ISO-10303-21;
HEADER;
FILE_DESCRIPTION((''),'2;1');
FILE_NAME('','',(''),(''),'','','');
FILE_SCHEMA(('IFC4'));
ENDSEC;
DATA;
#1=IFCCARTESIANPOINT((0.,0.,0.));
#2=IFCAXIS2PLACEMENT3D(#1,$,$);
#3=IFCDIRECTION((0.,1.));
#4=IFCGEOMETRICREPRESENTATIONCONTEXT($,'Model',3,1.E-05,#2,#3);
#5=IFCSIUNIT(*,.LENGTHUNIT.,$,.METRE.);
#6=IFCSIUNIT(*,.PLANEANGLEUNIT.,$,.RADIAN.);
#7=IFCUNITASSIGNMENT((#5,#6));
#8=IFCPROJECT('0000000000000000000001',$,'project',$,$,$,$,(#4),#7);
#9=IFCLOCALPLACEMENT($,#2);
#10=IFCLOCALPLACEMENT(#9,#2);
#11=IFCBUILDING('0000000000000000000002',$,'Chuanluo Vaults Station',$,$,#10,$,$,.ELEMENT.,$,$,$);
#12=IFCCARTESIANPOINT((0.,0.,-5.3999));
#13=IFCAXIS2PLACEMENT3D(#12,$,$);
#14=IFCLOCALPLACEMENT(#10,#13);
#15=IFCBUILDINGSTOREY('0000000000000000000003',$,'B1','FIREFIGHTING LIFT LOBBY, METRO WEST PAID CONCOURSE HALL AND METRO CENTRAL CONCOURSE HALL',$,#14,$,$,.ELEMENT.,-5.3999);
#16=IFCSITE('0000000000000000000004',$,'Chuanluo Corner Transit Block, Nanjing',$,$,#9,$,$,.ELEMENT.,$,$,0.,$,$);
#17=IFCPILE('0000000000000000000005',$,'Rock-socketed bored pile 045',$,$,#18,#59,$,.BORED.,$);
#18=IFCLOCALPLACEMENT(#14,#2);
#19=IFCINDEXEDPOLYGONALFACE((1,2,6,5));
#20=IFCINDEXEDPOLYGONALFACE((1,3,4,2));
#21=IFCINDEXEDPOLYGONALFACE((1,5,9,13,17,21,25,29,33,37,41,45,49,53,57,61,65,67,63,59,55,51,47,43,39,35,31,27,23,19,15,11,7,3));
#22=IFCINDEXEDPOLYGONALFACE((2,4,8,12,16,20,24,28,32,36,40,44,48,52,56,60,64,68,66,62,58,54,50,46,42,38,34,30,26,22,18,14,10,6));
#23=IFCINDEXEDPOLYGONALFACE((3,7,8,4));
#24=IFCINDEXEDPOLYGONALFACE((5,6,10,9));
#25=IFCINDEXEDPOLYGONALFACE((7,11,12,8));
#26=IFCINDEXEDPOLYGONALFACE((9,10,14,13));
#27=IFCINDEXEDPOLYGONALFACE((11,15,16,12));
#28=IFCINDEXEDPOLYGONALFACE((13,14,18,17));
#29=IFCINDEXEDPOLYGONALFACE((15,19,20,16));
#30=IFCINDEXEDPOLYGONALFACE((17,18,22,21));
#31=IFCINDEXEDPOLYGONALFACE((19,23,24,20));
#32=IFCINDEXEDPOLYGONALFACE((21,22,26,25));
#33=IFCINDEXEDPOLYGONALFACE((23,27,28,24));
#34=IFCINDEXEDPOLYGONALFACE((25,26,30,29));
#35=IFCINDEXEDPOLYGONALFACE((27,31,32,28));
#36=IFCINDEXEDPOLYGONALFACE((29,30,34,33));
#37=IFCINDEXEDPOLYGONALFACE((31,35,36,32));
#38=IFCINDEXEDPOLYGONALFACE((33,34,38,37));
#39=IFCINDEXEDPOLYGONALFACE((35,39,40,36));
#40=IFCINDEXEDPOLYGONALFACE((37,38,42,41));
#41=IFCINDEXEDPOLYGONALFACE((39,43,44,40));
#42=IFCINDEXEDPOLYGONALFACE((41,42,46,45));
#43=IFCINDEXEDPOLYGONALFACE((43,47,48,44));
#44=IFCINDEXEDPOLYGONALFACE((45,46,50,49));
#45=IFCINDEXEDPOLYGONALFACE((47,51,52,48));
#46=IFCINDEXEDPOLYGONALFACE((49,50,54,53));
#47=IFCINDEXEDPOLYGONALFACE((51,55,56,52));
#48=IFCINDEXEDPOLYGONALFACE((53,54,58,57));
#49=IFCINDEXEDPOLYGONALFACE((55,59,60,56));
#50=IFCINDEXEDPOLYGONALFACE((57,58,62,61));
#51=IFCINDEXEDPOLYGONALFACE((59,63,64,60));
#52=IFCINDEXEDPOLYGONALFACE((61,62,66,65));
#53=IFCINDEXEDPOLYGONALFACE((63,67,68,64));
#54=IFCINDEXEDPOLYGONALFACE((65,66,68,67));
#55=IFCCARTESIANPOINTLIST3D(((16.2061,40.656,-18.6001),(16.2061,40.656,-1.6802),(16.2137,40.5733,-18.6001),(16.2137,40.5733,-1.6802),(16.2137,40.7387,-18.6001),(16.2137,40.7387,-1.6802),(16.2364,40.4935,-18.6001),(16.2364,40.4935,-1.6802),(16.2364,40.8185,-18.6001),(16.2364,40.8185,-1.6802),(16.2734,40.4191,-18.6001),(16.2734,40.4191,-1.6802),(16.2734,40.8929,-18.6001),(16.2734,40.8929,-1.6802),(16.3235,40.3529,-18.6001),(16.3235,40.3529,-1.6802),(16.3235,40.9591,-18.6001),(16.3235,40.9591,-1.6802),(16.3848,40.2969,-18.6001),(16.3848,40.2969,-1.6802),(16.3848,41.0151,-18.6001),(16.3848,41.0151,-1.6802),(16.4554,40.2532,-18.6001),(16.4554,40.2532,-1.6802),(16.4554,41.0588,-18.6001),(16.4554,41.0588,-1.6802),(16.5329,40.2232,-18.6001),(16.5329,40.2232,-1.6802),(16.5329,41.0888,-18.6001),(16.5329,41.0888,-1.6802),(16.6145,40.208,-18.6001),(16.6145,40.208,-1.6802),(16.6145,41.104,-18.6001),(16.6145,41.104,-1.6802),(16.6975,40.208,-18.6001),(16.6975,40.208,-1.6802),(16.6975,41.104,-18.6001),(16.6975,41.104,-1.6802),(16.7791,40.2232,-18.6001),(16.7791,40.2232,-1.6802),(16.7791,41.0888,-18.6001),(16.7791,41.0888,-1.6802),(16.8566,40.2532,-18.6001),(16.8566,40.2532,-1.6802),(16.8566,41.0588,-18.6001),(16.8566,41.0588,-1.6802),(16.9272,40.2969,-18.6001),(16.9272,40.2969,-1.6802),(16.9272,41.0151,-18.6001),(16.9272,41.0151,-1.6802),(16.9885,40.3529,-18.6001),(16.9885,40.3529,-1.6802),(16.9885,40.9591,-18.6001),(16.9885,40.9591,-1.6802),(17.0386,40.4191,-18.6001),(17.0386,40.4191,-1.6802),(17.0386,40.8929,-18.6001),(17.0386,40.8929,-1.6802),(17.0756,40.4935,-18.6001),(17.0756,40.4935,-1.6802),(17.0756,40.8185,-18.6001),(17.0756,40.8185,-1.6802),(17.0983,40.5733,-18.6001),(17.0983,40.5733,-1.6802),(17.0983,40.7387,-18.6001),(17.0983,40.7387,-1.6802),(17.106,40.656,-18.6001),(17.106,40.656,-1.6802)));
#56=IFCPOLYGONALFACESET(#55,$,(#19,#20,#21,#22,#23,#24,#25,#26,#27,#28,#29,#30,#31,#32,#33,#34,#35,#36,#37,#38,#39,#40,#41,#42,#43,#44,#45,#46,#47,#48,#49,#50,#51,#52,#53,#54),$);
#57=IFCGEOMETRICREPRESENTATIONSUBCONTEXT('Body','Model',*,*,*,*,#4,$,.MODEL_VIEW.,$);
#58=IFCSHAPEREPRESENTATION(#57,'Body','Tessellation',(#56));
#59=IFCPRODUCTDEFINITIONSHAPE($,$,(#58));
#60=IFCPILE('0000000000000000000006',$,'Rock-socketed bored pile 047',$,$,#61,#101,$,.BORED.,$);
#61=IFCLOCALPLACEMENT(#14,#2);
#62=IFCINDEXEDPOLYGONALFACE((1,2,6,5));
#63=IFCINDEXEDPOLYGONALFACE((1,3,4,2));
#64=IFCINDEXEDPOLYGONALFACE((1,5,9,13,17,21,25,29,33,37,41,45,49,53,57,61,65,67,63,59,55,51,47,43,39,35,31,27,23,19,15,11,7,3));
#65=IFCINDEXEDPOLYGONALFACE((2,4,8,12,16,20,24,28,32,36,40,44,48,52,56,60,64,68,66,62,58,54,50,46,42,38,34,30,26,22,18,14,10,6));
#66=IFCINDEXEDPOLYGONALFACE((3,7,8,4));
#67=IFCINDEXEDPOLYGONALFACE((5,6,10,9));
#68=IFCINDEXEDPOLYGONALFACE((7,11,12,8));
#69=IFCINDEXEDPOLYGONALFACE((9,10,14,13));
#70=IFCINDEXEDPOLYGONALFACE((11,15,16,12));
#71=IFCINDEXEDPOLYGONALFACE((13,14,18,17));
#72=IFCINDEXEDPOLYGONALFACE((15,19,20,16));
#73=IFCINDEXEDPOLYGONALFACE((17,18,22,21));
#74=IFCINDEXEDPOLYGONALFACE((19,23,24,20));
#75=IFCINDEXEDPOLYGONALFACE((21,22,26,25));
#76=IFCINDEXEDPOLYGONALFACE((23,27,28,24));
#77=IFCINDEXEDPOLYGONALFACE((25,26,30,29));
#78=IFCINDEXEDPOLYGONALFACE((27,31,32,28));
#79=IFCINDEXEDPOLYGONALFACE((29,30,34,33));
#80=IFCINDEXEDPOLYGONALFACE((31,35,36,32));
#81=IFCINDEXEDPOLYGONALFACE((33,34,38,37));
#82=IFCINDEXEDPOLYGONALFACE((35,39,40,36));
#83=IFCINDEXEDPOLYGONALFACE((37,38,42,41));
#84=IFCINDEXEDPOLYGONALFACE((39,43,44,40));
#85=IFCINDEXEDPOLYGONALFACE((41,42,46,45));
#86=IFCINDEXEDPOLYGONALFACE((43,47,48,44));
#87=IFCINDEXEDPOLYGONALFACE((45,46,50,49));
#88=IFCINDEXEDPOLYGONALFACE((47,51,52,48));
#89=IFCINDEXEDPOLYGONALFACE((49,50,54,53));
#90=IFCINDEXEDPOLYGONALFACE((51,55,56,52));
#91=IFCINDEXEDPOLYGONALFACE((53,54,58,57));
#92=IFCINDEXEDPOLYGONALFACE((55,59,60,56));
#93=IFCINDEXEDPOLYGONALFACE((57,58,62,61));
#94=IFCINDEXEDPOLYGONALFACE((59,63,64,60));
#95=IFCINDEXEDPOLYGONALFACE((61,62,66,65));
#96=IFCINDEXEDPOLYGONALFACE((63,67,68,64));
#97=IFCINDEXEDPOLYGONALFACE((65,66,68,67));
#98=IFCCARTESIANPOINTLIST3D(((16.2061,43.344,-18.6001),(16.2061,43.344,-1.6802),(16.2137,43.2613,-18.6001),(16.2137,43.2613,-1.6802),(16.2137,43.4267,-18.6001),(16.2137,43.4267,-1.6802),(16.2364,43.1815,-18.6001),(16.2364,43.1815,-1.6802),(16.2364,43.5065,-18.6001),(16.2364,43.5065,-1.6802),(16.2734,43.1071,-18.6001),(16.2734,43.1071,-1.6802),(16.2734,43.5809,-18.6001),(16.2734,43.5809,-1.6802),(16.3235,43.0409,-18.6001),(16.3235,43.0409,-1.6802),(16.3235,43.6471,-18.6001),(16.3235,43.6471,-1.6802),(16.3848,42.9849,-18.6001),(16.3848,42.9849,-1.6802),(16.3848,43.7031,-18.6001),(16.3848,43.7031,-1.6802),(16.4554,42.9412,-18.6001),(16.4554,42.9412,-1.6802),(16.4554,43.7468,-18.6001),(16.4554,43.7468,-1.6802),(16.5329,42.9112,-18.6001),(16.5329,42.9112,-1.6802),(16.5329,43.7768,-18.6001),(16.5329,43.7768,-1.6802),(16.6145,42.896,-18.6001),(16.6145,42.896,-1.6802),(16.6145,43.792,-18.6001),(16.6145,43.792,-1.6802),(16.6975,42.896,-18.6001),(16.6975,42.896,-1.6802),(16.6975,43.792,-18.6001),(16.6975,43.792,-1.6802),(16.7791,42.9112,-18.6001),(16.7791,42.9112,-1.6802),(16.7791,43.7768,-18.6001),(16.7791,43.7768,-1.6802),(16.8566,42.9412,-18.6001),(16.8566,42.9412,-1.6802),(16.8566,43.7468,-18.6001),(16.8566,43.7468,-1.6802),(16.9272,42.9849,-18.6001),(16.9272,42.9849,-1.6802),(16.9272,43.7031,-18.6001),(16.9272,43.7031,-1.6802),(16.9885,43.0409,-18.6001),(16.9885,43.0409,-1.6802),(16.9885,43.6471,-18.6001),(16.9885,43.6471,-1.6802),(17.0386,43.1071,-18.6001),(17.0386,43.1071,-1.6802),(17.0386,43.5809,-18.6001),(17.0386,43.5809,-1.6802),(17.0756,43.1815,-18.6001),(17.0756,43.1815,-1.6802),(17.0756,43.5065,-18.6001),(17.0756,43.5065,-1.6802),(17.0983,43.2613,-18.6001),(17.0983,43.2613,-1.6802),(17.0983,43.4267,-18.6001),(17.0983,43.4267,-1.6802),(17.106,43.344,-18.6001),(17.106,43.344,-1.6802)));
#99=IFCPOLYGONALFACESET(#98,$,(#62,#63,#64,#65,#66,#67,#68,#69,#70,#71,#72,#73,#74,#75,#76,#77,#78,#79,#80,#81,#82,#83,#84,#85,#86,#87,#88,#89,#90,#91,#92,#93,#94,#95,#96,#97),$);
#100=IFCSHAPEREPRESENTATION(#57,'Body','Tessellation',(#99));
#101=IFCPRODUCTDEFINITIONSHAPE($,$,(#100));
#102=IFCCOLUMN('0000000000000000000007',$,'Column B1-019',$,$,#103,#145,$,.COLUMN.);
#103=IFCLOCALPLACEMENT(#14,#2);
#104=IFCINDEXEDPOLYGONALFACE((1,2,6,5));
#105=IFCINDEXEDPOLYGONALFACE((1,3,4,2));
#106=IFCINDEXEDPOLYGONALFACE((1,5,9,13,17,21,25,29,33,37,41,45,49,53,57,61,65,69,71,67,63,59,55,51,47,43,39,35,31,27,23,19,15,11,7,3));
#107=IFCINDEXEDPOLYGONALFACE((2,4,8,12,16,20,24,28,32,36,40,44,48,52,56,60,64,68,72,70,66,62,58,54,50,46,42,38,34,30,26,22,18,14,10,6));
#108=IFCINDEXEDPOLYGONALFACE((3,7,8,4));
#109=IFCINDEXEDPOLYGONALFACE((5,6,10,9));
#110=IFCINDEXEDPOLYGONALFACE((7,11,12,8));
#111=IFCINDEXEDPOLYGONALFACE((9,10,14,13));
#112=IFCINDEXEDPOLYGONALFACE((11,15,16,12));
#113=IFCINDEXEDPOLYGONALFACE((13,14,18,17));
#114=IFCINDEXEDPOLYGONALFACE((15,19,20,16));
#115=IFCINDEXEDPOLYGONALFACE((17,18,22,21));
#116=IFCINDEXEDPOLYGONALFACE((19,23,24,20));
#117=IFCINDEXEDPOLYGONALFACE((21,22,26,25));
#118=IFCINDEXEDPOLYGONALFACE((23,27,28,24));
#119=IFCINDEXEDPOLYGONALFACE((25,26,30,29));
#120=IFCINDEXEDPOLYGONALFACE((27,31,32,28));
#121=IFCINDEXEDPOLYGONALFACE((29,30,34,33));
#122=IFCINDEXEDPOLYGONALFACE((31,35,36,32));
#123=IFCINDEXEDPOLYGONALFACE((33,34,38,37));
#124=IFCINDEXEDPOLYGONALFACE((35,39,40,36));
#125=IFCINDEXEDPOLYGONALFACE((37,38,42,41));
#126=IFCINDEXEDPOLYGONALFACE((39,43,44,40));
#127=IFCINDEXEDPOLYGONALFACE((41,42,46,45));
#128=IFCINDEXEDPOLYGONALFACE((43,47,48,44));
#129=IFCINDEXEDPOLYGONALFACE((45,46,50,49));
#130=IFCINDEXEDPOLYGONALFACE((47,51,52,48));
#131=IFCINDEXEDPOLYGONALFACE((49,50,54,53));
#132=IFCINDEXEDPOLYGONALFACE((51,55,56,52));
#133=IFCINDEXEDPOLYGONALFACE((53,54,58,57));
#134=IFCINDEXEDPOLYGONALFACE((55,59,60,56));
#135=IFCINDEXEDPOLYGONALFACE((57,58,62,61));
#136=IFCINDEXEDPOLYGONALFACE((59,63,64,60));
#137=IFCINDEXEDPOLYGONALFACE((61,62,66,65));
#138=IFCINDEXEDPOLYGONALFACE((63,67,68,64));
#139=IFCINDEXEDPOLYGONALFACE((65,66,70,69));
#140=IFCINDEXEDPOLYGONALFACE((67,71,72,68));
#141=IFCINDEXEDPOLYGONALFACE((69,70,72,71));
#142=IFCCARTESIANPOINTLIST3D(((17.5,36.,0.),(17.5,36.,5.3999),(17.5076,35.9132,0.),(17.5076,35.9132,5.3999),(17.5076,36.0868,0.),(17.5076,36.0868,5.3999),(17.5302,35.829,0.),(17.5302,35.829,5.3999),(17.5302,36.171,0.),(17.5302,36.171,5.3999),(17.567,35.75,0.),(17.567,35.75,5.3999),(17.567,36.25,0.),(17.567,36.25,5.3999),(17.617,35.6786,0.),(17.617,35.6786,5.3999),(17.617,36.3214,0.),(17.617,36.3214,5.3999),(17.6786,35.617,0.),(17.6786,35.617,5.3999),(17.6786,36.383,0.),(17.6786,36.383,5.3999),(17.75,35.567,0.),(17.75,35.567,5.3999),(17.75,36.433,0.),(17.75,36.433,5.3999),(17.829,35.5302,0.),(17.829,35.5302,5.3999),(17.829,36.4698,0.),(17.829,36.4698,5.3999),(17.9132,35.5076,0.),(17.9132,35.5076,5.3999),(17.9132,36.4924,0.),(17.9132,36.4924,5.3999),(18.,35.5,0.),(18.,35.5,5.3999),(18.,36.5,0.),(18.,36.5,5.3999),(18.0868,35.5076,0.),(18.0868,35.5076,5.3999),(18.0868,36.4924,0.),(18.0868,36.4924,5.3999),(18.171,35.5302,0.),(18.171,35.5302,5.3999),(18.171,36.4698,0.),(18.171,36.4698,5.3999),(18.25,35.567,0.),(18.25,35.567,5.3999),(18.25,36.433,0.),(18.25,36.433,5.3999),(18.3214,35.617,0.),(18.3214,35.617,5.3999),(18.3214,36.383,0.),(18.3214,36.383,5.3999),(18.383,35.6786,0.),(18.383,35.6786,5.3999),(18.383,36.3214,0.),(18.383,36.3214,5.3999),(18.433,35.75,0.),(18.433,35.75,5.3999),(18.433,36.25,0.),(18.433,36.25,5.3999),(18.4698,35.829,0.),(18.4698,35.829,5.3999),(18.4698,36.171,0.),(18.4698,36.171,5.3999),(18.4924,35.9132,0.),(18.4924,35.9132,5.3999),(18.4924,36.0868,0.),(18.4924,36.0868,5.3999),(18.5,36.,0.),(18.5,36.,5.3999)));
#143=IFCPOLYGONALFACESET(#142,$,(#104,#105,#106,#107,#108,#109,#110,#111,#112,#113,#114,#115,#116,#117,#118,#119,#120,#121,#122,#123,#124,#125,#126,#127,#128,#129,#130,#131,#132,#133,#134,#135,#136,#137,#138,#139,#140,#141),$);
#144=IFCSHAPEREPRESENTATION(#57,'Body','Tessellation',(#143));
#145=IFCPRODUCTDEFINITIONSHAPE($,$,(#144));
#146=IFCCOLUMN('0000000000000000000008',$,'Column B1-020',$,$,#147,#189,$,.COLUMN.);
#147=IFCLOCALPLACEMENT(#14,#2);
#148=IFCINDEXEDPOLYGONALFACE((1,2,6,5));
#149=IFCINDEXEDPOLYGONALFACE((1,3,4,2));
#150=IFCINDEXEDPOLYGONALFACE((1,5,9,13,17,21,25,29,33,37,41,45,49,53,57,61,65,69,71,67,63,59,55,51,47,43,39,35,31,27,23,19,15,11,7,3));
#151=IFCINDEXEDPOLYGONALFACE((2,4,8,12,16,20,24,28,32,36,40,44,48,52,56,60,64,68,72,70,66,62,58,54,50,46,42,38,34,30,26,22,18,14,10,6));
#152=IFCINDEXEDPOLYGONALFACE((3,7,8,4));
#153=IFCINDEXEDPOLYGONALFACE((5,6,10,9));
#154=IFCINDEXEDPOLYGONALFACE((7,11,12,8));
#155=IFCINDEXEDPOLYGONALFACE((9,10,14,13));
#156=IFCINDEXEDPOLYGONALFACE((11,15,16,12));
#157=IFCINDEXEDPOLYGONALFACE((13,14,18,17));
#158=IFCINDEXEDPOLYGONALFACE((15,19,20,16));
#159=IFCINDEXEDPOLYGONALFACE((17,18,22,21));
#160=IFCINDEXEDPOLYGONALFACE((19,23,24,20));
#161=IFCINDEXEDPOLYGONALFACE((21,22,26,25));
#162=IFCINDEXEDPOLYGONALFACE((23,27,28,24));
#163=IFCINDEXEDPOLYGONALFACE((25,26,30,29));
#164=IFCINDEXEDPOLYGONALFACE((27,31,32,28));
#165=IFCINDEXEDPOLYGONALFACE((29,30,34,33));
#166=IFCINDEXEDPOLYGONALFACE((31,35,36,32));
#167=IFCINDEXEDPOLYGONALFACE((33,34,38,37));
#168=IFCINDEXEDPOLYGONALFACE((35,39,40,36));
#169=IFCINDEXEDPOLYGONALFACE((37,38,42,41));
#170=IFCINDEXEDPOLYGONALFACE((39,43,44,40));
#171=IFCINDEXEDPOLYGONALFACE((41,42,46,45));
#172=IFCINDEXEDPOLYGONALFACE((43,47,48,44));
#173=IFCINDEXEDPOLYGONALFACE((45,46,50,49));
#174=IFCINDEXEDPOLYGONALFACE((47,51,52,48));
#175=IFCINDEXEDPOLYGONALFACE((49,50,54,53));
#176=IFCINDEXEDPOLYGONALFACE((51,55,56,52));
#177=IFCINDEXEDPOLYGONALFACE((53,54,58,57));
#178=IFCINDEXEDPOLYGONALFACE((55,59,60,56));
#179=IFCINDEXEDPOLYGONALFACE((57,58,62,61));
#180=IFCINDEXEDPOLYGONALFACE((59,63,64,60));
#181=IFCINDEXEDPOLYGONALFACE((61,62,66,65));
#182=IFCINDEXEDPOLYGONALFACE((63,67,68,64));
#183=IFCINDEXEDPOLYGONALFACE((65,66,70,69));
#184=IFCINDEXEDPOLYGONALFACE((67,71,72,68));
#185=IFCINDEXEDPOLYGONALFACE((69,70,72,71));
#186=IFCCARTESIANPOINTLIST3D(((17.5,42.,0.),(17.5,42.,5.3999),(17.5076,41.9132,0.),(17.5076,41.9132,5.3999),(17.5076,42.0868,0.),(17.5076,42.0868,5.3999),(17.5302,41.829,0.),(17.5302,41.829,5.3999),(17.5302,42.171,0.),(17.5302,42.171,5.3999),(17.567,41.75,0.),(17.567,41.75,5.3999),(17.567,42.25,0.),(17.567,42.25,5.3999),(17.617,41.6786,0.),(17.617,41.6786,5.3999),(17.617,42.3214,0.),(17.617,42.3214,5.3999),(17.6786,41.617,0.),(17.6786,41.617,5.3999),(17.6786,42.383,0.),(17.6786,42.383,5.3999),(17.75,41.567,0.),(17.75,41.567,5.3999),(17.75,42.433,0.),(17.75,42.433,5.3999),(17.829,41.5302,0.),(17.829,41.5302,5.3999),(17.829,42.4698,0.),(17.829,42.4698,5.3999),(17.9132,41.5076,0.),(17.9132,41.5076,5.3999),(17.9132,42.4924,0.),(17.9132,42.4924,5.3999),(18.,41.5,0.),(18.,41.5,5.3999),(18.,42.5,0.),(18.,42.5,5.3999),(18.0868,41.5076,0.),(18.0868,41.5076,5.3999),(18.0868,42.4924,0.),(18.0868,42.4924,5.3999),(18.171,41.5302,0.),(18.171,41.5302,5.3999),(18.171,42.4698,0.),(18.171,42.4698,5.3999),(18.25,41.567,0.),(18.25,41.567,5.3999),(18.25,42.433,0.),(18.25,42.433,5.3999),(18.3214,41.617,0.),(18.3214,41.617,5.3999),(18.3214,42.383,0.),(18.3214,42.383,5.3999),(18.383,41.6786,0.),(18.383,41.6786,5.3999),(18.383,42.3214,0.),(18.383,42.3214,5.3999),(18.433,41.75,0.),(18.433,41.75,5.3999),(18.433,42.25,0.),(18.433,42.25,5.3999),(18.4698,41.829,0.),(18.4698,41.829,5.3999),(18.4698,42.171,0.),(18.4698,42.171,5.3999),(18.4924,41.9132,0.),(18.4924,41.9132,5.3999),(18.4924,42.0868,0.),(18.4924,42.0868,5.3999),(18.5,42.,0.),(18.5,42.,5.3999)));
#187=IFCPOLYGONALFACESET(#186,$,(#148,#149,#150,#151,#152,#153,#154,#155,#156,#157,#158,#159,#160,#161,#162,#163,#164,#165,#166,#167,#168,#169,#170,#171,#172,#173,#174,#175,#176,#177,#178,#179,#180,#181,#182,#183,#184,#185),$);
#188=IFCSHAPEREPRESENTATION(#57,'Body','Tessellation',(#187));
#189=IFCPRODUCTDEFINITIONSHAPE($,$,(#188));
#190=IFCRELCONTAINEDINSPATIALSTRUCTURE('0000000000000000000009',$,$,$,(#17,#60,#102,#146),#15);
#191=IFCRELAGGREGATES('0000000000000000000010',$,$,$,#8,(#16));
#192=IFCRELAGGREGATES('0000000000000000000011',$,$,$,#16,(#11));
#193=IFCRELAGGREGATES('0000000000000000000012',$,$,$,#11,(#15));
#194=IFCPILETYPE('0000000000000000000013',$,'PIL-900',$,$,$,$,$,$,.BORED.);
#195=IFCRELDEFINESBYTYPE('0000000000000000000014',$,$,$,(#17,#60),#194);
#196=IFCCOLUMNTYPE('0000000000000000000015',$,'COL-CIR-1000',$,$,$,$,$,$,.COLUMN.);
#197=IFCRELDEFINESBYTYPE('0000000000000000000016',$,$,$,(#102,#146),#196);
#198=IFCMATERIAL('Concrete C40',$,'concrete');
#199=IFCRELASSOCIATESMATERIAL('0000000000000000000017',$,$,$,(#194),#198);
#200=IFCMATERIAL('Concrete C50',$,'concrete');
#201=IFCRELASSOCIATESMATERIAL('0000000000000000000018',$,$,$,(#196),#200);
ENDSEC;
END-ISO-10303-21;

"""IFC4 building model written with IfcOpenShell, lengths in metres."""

from ifc_helpers import new_model, si_unit, direction, frame, origin, origin_2d, place, context, subcontext, project, spatial, circle, extrude, material, material_profile, profile_set, type_object, element, save


model = new_model("IFC4")

# Units and contexts
model_context = context("Model", 3, precision=1e-05, world=origin(), true_north=direction((0.0, 1.0)))
body_context = subcontext(model_context, "Body", "Model", "MODEL_VIEW")
ifc_project = project(units=[si_unit("LENGTHUNIT", "METRE"), si_unit("PLANEANGLEUNIT", "RADIAN")], contexts=[model_context])

# Site, building, storey
site_placement = place(None, origin())
site = spatial("IfcSite", under=ifc_project, at=site_placement, Name="Chuanluo Corner Transit Block, Nanjing", CompositionType="ELEMENT", RefElevation=0.0)
building_placement = place(site_placement, origin())
building = spatial("IfcBuilding", under=site, at=building_placement, Name="Chuanluo Vaults Station", CompositionType="ELEMENT")
storey_placement = place(building_placement, frame((0.0, 0.0, -5.3999)))
storey = spatial("IfcBuildingStorey", under=building, at=storey_placement, Name="B1", Description="FIREFIGHTING LIFT LOBBY, METRO WEST PAID CONCOURSE HALL AND METRO CENTRAL CONCOURSE HALL", CompositionType="ELEMENT", Elevation=-5.3999)

# Piles
ifc_material_1 = material(Name="Concrete C40", Category="concrete")
ifc_material_profile_1 = material_profile(ifc_material_1, circle(Radius=0.45, at=origin_2d()))
ifc_profile_set_1 = profile_set([ifc_material_profile_1], Name="Concrete C40")
pile_type_1 = type_object("IfcPileType", Name="PIL-900", PredefinedType="BORED", material=ifc_profile_set_1)
for number, where, z_axis, x_axis, name in (
    (1, (16.656, 40.656, -1.6802), (0.0, 0.0, -1.0), (1.0, 0.0, 0.0), "Rock-socketed bored pile 045"),
    (2, (16.656, 43.344, -1.6802), (0.0, 0.0, -1.0), (1.0, 0.0, 0.0), "Rock-socketed bored pile 047"),
):
    element("IfcPile", number, at=place(storey_placement, frame(where, z_axis=z_axis, x_axis=x_axis)), inside=storey, type_object=pile_type_1, Name=name, PredefinedType="BORED", context=body_context, shape_type="SweptSolid", body=[
        extrude(circle(Radius=0.45, at=origin_2d()), origin(), (0.0, 0.0, 1.0), 16.9199),
    ])

# Columns
ifc_material_2 = material(Name="Concrete C50", Category="concrete")
ifc_material_profile_2 = material_profile(ifc_material_2, circle(Radius=0.5, at=origin_2d()))
ifc_profile_set_2 = profile_set([ifc_material_profile_2], Name="Concrete C50")
column_type_1 = type_object("IfcColumnType", Name="COL-CIR-1000", PredefinedType="COLUMN", material=ifc_profile_set_2)
for number, where, z_axis, x_axis, name in (
    (3, (18.0, 36.0, 0.0), (0.0, 0.0, 1.0), (1.0, 0.0, 0.0), "Column B1-019"),
    (4, (18.0, 42.0, 0.0), (0.0, 0.0, 1.0), (1.0, 0.0, 0.0), "Column B1-020"),
):
    element("IfcColumn", number, at=place(storey_placement, frame(where, z_axis=z_axis, x_axis=x_axis)), inside=storey, type_object=column_type_1, Name=name, PredefinedType="COLUMN", context=body_context, shape_type="SweptSolid", body=[
        extrude(circle(Radius=0.5, at=origin_2d()), origin(), (0.0, 0.0, 1.0), 5.3999),
    ])

save(model, "model.ifc")
